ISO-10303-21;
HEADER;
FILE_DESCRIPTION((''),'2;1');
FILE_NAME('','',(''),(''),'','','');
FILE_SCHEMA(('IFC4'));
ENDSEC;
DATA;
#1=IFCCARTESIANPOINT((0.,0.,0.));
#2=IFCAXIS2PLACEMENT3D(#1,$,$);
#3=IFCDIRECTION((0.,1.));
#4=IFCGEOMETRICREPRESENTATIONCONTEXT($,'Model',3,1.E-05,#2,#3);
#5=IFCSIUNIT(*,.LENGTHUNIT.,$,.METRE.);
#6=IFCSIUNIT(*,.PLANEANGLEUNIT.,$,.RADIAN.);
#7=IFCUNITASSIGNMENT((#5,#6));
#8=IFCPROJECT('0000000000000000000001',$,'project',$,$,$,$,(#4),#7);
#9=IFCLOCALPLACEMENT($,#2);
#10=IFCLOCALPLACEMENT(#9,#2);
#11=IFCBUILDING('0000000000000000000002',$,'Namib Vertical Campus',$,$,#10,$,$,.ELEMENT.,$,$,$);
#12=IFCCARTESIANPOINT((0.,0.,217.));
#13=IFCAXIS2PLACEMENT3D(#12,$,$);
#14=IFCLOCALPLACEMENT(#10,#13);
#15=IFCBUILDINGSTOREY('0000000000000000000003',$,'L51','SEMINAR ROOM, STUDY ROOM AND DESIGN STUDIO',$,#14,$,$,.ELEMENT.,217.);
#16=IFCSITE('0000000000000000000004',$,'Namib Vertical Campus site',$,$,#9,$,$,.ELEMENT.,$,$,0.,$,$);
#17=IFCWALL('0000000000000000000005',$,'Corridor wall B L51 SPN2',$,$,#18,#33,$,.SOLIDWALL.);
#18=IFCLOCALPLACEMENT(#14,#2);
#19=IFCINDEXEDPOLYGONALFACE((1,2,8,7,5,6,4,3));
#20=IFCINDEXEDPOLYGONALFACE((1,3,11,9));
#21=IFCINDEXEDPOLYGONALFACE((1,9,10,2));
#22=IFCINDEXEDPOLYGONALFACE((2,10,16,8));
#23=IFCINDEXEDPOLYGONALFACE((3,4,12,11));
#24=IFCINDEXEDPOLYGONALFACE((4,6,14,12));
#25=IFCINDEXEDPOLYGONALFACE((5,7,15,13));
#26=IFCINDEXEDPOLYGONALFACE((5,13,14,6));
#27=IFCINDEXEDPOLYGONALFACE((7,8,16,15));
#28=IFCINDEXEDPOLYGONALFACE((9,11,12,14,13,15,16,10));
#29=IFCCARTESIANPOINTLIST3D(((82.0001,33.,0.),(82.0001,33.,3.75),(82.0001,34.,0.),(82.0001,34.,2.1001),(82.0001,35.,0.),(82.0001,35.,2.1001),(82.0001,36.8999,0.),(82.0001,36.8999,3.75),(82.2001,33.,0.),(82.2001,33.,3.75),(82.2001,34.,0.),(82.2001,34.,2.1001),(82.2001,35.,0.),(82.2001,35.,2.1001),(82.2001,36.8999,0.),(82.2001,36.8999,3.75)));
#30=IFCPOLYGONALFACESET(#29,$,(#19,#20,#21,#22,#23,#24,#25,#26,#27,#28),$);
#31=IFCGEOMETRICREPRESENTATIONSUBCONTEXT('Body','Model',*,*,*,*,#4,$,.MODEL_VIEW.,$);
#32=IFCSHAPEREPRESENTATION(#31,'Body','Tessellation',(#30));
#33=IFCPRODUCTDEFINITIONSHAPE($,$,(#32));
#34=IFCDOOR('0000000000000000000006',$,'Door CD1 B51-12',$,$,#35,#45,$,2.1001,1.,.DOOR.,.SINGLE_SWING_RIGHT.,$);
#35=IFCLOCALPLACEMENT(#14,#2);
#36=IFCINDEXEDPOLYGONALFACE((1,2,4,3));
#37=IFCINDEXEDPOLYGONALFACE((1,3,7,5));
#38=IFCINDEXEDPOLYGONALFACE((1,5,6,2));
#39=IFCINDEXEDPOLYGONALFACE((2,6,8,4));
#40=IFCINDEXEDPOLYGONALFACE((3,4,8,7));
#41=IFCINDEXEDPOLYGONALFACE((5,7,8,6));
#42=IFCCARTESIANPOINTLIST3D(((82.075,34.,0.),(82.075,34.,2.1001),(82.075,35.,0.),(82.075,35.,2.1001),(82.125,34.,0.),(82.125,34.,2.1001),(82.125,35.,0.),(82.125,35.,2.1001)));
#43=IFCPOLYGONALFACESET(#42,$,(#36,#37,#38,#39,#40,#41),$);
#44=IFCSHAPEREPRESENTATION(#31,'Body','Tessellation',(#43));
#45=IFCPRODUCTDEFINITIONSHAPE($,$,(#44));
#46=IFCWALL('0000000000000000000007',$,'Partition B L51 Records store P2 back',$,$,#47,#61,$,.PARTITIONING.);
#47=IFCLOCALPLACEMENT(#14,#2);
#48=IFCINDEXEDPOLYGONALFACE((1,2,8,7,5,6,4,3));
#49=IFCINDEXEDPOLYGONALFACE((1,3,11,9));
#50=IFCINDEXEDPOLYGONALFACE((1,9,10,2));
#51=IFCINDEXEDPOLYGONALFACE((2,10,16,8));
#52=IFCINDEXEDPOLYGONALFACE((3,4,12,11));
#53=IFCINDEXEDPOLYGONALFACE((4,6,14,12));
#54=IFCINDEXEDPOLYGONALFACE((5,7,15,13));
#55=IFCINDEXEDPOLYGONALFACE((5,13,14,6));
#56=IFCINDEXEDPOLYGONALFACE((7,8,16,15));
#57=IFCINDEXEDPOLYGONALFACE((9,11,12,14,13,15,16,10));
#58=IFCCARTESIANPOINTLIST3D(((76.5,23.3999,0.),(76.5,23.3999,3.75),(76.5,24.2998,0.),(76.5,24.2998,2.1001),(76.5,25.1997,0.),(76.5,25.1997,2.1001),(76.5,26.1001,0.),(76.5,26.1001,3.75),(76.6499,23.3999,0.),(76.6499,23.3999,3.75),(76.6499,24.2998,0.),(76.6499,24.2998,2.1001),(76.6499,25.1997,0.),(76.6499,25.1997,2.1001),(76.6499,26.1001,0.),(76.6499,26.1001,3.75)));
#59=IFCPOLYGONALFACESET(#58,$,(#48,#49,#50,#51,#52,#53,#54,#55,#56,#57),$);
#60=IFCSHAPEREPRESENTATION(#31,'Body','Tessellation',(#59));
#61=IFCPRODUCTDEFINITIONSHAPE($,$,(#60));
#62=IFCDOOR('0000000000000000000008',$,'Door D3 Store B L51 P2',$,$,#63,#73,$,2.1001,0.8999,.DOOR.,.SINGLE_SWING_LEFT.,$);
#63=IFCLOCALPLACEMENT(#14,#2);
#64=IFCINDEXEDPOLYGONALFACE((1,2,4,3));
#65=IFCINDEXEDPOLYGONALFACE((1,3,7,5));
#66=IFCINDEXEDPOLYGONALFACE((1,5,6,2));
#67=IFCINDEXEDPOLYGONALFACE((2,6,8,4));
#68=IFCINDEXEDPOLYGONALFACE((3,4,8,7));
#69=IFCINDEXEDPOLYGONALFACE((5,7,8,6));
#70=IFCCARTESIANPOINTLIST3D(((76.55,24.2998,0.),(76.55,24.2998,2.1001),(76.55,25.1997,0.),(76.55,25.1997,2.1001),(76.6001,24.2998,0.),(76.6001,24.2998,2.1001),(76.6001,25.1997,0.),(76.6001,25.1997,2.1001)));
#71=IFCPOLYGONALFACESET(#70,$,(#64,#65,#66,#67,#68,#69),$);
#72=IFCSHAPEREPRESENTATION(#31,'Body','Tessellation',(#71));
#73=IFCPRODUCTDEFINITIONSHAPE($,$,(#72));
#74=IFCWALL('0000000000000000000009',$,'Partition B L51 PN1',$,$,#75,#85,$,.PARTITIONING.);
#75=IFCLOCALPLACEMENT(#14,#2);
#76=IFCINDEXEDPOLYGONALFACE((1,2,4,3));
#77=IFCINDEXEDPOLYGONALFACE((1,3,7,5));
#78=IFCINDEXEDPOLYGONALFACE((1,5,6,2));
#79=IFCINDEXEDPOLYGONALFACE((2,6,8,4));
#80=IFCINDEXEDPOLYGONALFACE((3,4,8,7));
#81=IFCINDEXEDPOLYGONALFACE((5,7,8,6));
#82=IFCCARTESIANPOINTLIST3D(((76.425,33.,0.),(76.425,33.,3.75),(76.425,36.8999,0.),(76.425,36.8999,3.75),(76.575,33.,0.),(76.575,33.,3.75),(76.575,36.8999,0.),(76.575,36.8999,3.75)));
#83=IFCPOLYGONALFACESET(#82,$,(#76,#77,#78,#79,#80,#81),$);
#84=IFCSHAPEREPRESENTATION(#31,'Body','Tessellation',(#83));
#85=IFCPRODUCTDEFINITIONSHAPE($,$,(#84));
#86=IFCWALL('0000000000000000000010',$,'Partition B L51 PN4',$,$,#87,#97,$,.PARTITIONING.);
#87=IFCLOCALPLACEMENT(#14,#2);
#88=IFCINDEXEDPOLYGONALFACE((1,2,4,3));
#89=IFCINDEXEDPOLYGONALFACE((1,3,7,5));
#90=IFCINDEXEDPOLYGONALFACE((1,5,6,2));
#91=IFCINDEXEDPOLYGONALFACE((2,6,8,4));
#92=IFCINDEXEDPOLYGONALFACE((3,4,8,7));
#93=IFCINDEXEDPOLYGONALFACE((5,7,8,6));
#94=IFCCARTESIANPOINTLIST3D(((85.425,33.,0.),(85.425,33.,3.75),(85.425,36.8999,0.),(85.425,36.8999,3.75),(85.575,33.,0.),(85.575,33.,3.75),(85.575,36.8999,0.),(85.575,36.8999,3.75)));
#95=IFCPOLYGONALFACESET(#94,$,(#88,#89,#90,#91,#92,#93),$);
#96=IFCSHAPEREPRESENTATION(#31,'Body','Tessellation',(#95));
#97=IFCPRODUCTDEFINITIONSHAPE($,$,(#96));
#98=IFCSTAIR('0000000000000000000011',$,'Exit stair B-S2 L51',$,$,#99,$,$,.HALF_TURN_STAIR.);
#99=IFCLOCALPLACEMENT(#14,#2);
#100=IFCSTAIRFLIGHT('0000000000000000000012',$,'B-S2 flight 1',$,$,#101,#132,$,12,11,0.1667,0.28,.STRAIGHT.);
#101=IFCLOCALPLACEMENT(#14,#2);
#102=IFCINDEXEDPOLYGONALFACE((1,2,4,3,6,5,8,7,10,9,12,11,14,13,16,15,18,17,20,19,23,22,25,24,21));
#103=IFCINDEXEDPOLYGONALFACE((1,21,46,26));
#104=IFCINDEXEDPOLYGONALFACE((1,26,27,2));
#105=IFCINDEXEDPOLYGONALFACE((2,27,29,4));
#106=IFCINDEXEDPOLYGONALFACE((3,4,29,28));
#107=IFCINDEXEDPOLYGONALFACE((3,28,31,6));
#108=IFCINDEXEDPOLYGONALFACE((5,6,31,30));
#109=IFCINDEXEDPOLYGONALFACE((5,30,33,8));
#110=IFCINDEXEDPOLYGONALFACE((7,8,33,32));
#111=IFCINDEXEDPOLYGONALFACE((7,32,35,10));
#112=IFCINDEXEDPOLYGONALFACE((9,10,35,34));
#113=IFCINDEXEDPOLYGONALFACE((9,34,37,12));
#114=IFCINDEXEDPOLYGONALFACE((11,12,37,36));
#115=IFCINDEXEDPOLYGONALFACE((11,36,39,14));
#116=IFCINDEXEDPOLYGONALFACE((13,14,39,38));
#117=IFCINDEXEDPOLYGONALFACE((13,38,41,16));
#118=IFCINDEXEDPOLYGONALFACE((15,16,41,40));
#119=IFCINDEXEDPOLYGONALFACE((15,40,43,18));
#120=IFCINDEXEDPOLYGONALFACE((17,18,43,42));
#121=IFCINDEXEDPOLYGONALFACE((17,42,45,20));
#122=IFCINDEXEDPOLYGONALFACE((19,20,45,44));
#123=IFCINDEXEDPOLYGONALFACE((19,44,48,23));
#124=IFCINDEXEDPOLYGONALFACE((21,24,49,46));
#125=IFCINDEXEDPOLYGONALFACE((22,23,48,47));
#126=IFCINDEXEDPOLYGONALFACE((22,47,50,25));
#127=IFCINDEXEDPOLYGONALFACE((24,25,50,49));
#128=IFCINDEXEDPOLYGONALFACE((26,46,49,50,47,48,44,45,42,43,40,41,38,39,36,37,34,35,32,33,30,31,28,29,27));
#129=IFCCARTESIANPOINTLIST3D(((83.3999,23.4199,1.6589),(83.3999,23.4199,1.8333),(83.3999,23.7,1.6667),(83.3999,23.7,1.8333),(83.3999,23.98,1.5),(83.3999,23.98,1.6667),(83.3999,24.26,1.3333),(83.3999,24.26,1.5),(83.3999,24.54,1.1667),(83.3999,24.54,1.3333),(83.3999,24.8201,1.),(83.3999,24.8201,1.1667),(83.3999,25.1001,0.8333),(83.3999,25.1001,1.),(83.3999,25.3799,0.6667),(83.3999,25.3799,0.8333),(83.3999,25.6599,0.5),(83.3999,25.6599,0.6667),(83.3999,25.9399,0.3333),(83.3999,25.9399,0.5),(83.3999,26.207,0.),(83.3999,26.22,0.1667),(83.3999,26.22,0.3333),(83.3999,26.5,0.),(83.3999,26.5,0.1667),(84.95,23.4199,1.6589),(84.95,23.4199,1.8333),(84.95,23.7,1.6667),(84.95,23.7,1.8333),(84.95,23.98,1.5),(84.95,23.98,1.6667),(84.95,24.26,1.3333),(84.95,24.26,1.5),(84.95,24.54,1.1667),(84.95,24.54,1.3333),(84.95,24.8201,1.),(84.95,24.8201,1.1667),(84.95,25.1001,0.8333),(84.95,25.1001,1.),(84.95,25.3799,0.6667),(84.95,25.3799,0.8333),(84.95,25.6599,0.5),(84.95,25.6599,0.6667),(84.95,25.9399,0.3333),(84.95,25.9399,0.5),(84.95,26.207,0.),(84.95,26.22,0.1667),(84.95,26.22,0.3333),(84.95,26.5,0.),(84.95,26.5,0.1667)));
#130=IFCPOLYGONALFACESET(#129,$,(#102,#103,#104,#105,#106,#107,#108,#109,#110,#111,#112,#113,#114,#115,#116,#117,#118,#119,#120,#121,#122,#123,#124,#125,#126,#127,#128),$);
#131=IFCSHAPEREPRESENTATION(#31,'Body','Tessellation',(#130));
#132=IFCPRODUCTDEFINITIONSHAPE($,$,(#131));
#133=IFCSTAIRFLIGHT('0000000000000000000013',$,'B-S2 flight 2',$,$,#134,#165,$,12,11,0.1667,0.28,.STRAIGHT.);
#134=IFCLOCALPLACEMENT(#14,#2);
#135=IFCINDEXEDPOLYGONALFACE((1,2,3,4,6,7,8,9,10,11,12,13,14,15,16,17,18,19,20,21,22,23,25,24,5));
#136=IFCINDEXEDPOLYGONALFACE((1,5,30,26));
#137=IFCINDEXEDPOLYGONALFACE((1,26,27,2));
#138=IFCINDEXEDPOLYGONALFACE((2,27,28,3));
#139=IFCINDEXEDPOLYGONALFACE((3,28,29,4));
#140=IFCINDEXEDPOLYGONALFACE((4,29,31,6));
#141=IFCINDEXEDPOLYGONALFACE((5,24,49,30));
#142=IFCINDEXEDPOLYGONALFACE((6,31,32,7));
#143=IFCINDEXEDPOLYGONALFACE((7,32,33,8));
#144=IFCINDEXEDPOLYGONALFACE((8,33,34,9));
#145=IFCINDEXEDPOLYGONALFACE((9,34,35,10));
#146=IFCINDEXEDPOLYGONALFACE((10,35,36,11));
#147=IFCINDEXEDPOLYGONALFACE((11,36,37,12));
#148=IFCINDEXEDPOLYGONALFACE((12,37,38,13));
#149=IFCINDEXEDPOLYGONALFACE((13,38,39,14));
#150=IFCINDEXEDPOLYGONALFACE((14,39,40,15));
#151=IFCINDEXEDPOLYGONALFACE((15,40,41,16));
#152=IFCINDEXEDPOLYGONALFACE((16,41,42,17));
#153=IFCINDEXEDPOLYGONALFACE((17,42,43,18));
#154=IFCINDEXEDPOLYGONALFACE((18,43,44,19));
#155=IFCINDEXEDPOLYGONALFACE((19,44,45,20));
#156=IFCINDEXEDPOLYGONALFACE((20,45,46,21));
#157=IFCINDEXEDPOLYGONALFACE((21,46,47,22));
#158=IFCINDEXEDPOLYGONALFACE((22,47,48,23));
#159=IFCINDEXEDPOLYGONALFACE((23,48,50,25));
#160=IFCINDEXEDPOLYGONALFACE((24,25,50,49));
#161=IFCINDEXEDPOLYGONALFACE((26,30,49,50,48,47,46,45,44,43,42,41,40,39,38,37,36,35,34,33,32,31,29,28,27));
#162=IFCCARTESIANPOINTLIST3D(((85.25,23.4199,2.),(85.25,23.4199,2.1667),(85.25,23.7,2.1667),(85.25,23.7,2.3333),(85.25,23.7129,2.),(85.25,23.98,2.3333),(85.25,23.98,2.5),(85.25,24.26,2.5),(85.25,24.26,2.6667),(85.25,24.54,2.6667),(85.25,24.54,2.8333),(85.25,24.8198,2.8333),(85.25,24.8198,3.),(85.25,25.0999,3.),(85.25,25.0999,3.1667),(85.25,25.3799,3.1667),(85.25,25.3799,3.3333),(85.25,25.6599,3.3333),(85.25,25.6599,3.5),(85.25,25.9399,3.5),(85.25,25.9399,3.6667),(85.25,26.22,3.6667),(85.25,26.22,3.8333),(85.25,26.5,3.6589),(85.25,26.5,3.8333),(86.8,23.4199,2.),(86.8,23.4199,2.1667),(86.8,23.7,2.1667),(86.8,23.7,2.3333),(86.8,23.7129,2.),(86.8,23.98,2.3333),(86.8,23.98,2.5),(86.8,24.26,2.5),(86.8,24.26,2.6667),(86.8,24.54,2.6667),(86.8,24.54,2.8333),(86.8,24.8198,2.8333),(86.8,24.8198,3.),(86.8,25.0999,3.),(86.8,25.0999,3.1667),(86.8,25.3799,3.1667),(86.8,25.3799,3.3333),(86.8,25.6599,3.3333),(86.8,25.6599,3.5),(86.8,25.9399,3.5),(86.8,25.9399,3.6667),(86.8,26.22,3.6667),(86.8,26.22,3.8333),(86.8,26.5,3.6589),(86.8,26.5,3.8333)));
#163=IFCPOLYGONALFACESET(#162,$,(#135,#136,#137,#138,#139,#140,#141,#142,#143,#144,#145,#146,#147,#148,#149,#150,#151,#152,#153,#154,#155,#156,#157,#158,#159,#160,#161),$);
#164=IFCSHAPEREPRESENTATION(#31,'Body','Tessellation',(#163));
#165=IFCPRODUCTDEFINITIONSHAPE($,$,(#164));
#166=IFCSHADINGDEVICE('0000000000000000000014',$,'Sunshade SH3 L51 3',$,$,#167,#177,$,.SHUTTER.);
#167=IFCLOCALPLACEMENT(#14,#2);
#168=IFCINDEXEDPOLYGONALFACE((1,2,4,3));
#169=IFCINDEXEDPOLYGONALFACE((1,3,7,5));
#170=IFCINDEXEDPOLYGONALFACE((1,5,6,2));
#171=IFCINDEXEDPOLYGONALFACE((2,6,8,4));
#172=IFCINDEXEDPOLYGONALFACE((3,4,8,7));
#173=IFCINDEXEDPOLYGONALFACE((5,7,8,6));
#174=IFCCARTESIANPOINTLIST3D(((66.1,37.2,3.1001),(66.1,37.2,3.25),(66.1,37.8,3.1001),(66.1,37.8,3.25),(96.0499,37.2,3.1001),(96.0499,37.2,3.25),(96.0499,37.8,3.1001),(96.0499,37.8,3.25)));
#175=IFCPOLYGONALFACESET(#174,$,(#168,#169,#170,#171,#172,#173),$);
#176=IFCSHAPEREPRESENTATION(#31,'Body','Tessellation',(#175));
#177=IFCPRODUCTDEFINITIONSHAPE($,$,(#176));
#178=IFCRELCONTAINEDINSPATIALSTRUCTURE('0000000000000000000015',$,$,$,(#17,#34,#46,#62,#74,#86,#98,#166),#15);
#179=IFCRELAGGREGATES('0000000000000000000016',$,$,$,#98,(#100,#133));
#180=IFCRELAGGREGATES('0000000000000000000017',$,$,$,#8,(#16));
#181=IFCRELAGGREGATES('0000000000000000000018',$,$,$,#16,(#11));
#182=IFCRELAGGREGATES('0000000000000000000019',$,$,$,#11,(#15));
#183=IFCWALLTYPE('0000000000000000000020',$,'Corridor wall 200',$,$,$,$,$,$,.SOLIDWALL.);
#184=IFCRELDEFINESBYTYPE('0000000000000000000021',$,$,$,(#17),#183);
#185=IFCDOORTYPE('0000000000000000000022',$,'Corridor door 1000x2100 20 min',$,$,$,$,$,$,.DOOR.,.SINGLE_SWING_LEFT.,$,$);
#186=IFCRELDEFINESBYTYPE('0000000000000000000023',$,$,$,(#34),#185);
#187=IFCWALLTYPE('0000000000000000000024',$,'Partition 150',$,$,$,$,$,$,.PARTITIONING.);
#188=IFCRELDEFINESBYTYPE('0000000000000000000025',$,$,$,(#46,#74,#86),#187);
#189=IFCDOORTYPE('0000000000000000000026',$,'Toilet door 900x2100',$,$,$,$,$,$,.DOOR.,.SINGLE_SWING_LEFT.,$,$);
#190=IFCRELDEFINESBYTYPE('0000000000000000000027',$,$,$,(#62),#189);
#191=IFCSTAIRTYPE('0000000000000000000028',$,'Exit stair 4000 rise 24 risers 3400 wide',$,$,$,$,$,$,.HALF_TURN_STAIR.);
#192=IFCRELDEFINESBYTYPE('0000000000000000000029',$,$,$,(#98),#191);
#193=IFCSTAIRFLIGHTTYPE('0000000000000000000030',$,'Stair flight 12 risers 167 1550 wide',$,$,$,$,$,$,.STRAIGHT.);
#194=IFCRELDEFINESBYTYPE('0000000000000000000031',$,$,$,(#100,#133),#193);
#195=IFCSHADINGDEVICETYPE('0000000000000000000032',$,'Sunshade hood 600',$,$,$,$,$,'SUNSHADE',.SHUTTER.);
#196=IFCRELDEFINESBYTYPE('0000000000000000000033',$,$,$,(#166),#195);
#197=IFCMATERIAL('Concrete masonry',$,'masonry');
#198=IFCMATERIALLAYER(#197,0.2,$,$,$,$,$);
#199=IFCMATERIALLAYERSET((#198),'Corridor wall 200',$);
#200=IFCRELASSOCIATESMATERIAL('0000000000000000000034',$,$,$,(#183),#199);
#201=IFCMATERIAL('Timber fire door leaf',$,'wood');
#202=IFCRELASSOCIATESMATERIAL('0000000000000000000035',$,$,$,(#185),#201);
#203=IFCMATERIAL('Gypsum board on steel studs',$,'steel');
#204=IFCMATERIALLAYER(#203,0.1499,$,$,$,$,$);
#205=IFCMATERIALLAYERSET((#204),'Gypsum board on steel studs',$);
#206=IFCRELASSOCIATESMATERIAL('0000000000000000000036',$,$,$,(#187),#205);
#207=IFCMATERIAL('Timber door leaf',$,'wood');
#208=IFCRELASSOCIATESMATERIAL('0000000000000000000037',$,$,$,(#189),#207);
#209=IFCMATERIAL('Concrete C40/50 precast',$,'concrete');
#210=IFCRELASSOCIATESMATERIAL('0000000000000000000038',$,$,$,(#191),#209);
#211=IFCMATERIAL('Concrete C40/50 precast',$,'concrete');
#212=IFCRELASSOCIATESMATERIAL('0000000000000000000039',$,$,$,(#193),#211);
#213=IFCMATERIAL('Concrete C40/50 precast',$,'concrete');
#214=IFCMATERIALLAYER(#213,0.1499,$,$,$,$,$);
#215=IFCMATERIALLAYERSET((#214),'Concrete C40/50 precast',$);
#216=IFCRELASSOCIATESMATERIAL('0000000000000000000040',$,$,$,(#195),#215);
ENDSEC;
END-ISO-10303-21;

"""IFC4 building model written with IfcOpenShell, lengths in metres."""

from ifc_helpers import new_model, si_unit, direction, frame, frame_2d, origin, origin_2d, place, context, subcontext, project, spatial, polyline, rectangle, outline, extrude, material, layer, layer_set, type_object, element, fill, aggregate, save


model = new_model("IFC4")

# Units and contexts
model_context = context("Model", 3, precision=1e-05, world=origin(), true_north=direction((0.0, 1.0)))
body_context = subcontext(model_context, "Body", "Model", "MODEL_VIEW")
ifc_project = project(units=[si_unit("LENGTHUNIT", "METRE"), si_unit("PLANEANGLEUNIT", "RADIAN")], contexts=[model_context])

# Site, building, storey
site_placement = place(None, origin())
site = spatial("IfcSite", under=ifc_project, at=site_placement, Name="Namib Vertical Campus site", CompositionType="ELEMENT", RefElevation=0.0)
building_placement = place(site_placement, origin())
building = spatial("IfcBuilding", under=site, at=building_placement, Name="Namib Vertical Campus", CompositionType="ELEMENT")
storey_placement = place(building_placement, frame((0.0, 0.0, 217.0)))
storey = spatial("IfcBuildingStorey", under=building, at=storey_placement, Name="L51", Description="SEMINAR ROOM, STUDY ROOM AND DESIGN STUDIO", CompositionType="ELEMENT", Elevation=217.0)

# Walls, openings, doors
ifc_material_1 = material(Name="Concrete masonry", Category="masonry")
ifc_layer_1 = layer(ifc_material_1, 0.2)
ifc_layer_set_1 = layer_set([ifc_layer_1], Name="Corridor wall 200")
wall_type_1 = type_object("IfcWallType", Name="Corridor wall 200", PredefinedType="SOLIDWALL", material=ifc_layer_set_1)
ifc_material_2 = material(Name="Timber fire door leaf", Category="wood")
door_type_1 = type_object("IfcDoorType", Name="Corridor door 1000x2100 20 min", OperationType="SINGLE_SWING_LEFT", PredefinedType="DOOR", material=ifc_material_2)
wall_1_placement = place(storey_placement, frame((82.1001, 36.8999, 0.0), z_axis=(0.0, 0.0, 1.0), x_axis=(0.0, -1.0, 0.0)))
wall_1 = element("IfcWall", 1, at=wall_1_placement, inside=storey, type_object=wall_type_1, Name="Corridor wall B L51 SPN2", PredefinedType="SOLIDWALL", context=body_context, shape_type="SweptSolid", body=[
    extrude(rectangle(XDim=3.8999, YDim=0.2, at=frame_2d((1.95, 0.0))), origin(), (0.0, 0.0, 1.0), 3.75),
])
opening_1_placement = place(wall_1_placement, frame((1.8999, 0.0, 0.0)))
opening_1 = element("IfcOpeningElement", 2, at=opening_1_placement, cuts=wall_1, PredefinedType="OPENING", context=body_context, shape_type="SweptSolid", body=[
    extrude(rectangle(XDim=1.0, YDim=2.1001, at=frame_2d((0.5, 1.05))), frame((0.0, 0.1099, 0.0), z_axis=(0.0, -1.0, 0.0), x_axis=(1.0, 0.0, 0.0)), (0.0, 0.0, 1.0), 0.22),
])
door_1_placement = place(opening_1_placement, origin())
door_1 = element("IfcDoor", 3, at=door_1_placement, inside=storey, type_object=door_type_1, Name="Door CD1 B51-12", OperationType="SINGLE_SWING_RIGHT", OverallHeight=2.1001, OverallWidth=1.0, PredefinedType="DOOR", context=body_context, shape_type="SweptSolid", body=[
    extrude(rectangle(XDim=1.0, YDim=2.1001, at=frame_2d((0.5, 1.05))), frame((0.0, 0.0249, 0.0), z_axis=(0.0, -1.0, 0.0), x_axis=(1.0, 0.0, 0.0)), (0.0, 0.0, 1.0), 0.05),
])
fill(opening_1, door_1)
ifc_material_3 = material(Name="Gypsum board on steel studs", Category="steel")
ifc_layer_2 = layer(ifc_material_3, 0.1499)
ifc_layer_set_2 = layer_set([ifc_layer_2], Name="Gypsum board on steel studs")
wall_type_2 = type_object("IfcWallType", Name="Partition 150", PredefinedType="PARTITIONING", material=ifc_layer_set_2)
wall_2_placement = place(storey_placement, frame((76.575, 23.3999, 0.0), z_axis=(0.0, 0.0, 1.0), x_axis=(0.0, 1.0, 0.0)))
wall_2 = element("IfcWall", 4, at=wall_2_placement, inside=storey, type_object=wall_type_2, Name="Partition B L51 Records store P2 back", PredefinedType="PARTITIONING", context=body_context, shape_type="SweptSolid", body=[
    extrude(rectangle(XDim=2.7002, YDim=0.1499, at=frame_2d((1.3501, 0.0))), origin(), (0.0, 0.0, 1.0), 3.75),
])
opening_2_placement = place(wall_2_placement, frame((0.8999, 0.0, 0.0)))
opening_2 = element("IfcOpeningElement", 5, at=opening_2_placement, cuts=wall_2, PredefinedType="OPENING", context=body_context, shape_type="SweptSolid", body=[
    extrude(rectangle(XDim=0.8999, YDim=2.1001, at=frame_2d((0.45, 1.05))), frame((0.0, 0.085, 0.0), z_axis=(0.0, -1.0, 0.0), x_axis=(1.0, 0.0, 0.0)), (0.0, 0.0, 1.0), 0.1699),
])
ifc_material_4 = material(Name="Timber door leaf", Category="wood")
door_type_2 = type_object("IfcDoorType", Name="Toilet door 900x2100", OperationType="SINGLE_SWING_LEFT", PredefinedType="DOOR", material=ifc_material_4)
door_2_placement = place(opening_2_placement, origin())
door_2 = element("IfcDoor", 6, at=door_2_placement, inside=storey, type_object=door_type_2, Name="Door D3 Store B L51 P2", OperationType="SINGLE_SWING_LEFT", OverallHeight=2.1001, OverallWidth=0.8999, PredefinedType="DOOR", context=body_context, shape_type="SweptSolid", body=[
    extrude(rectangle(XDim=0.8999, YDim=2.1001, at=frame_2d((0.45, 1.05))), frame((0.0, 0.0249, 0.0), z_axis=(0.0, -1.0, 0.0), x_axis=(1.0, 0.0, 0.0)), (0.0, 0.0, 1.0), 0.05),
])
fill(opening_2, door_2)

# Walls
for number, where, z_axis, x_axis, name in (
    (7, (76.5, 33.0, 0.0), (0.0, 0.0, 1.0), (0.0, 1.0, 0.0), "Partition B L51 PN1"),
    (8, (85.5, 33.0, 0.0), (0.0, 0.0, 1.0), (0.0, 1.0, 0.0), "Partition B L51 PN4"),
):
    element("IfcWall", number, at=place(storey_placement, frame(where, z_axis=z_axis, x_axis=x_axis)), inside=storey, type_object=wall_type_2, Name=name, PredefinedType="PARTITIONING", context=body_context, shape_type="SweptSolid", body=[
        extrude(rectangle(XDim=3.8999, YDim=0.1499, at=frame_2d((1.95, 0.0))), origin(), (0.0, 0.0, 1.0), 3.75),
    ])

# Stair, stair flights
ifc_material_5 = material(Name="Concrete C40/50 precast", Category="concrete")
stair_type = type_object("IfcStairType", Name="Exit stair 4000 rise 24 risers 3400 wide", PredefinedType="HALF_TURN_STAIR", material=ifc_material_5)
stair_placement = place(storey_placement, origin())
stair = element("IfcStair", 9, at=stair_placement, inside=storey, type_object=stair_type, Name="Exit stair B-S2 L51", PredefinedType="HALF_TURN_STAIR")
ifc_material_6 = material(Name="Concrete C40/50 precast", Category="concrete")
stair_flight_type = type_object("IfcStairFlightType", Name="Stair flight 12 risers 167 1550 wide", PredefinedType="STRAIGHT", material=ifc_material_6)
stair_flight_1_placement = place(storey_placement, frame((84.175, 26.5, 0.0), z_axis=(0.0, 0.0, 1.0), x_axis=(0.0, -1.0, 0.0)))
stair_flight_1 = element("IfcStairFlight", 10, at=stair_flight_1_placement, type_object=stair_flight_type, Name="B-S2 flight 1", NumberOfRisers=12, NumberOfTreads=11, PredefinedType="STRAIGHT", RiserHeight=0.1667, TreadLength=0.28, context=body_context, shape_type="SweptSolid", body=[
    extrude(outline(polyline([(0.0, 0.0), (0.0, 0.1667), (0.28, 0.1667), (0.28, 0.3333), (0.5601, 0.3333), (0.5601, 0.5), (0.8401, 0.5), (0.8401, 0.6667), (1.1201, 0.6667), (1.1201, 0.8333), (1.3999, 0.8333), (1.3999, 1.0), (1.6799, 1.0), (1.6799, 1.1667), (1.96, 1.1667), (1.96, 1.3333), (2.24, 1.3333), (2.24, 1.5), (2.52, 1.5), (2.52, 1.6667), (2.8, 1.6667), (2.8, 1.8333), (3.0801, 1.8333), (3.0801, 2.0), (3.0801, 1.6589), (0.293, 0.0), (0.0, 0.0)])), frame((0.0, 0.7749, 0.0), z_axis=(0.0, -1.0, 0.0), x_axis=(1.0, 0.0, 0.0)), (0.0, 0.0, 1.0), 1.55),
])
stair_flight_2_placement = place(storey_placement, frame((86.0249, 23.4199, 2.0), z_axis=(0.0, 0.0, 1.0), x_axis=(0.0, 1.0, 0.0)))
stair_flight_2 = element("IfcStairFlight", 11, at=stair_flight_2_placement, type_object=stair_flight_type, Name="B-S2 flight 2", NumberOfRisers=12, NumberOfTreads=11, PredefinedType="STRAIGHT", RiserHeight=0.1667, TreadLength=0.28, context=body_context, shape_type="SweptSolid", body=[
    extrude(outline(polyline([(0.0, 0.0), (0.0, 0.1667), (0.28, 0.1667), (0.28, 0.3333), (0.5601, 0.3333), (0.5601, 0.5), (0.8401, 0.5), (0.8401, 0.6667), (1.1201, 0.6667), (1.1201, 0.8333), (1.3999, 0.8333), (1.3999, 1.0), (1.6799, 1.0), (1.6799, 1.1667), (1.96, 1.1667), (1.96, 1.3333), (2.24, 1.3333), (2.24, 1.5), (2.52, 1.5), (2.52, 1.6667), (2.8, 1.6667), (2.8, 1.8333), (3.0801, 1.8333), (3.0801, 2.0), (3.0801, 1.6589), (0.293, 0.0), (0.0, 0.0)])), frame((0.0, 0.7749, 0.0), z_axis=(0.0, -1.0, 0.0), x_axis=(1.0, 0.0, 0.0)), (0.0, 0.0, 1.0), 1.55),
])
aggregate(stair, [stair_flight_1, stair_flight_2])

# Shading device
ifc_material_7 = material(Name="Concrete C40/50 precast", Category="concrete")
ifc_layer_3 = layer(ifc_material_7, 0.1499)
ifc_layer_set_3 = layer_set([ifc_layer_3], Name="Concrete C40/50 precast")
shading_device_type = type_object("IfcShadingDeviceType", Name="Sunshade hood 600", ElementType="SUNSHADE", PredefinedType="SHUTTER", material=ifc_layer_set_3)
shading_device_placement = place(storey_placement, frame((81.075, 37.5, 3.1001), z_axis=(0.0, 0.0, 1.0), x_axis=(-1.0, 0.0, 0.0)))
element("IfcShadingDevice", 12, at=shading_device_placement, inside=storey, type_object=shading_device_type, Name="Sunshade SH3 L51 3", PredefinedType="SHUTTER", context=body_context, shape_type="SweptSolid", body=[
    extrude(rectangle(XDim=29.95, YDim=0.6001, at=origin_2d()), origin(), (0.0, 0.0, 1.0), 0.1499),
])

save(model, "model.ifc")
